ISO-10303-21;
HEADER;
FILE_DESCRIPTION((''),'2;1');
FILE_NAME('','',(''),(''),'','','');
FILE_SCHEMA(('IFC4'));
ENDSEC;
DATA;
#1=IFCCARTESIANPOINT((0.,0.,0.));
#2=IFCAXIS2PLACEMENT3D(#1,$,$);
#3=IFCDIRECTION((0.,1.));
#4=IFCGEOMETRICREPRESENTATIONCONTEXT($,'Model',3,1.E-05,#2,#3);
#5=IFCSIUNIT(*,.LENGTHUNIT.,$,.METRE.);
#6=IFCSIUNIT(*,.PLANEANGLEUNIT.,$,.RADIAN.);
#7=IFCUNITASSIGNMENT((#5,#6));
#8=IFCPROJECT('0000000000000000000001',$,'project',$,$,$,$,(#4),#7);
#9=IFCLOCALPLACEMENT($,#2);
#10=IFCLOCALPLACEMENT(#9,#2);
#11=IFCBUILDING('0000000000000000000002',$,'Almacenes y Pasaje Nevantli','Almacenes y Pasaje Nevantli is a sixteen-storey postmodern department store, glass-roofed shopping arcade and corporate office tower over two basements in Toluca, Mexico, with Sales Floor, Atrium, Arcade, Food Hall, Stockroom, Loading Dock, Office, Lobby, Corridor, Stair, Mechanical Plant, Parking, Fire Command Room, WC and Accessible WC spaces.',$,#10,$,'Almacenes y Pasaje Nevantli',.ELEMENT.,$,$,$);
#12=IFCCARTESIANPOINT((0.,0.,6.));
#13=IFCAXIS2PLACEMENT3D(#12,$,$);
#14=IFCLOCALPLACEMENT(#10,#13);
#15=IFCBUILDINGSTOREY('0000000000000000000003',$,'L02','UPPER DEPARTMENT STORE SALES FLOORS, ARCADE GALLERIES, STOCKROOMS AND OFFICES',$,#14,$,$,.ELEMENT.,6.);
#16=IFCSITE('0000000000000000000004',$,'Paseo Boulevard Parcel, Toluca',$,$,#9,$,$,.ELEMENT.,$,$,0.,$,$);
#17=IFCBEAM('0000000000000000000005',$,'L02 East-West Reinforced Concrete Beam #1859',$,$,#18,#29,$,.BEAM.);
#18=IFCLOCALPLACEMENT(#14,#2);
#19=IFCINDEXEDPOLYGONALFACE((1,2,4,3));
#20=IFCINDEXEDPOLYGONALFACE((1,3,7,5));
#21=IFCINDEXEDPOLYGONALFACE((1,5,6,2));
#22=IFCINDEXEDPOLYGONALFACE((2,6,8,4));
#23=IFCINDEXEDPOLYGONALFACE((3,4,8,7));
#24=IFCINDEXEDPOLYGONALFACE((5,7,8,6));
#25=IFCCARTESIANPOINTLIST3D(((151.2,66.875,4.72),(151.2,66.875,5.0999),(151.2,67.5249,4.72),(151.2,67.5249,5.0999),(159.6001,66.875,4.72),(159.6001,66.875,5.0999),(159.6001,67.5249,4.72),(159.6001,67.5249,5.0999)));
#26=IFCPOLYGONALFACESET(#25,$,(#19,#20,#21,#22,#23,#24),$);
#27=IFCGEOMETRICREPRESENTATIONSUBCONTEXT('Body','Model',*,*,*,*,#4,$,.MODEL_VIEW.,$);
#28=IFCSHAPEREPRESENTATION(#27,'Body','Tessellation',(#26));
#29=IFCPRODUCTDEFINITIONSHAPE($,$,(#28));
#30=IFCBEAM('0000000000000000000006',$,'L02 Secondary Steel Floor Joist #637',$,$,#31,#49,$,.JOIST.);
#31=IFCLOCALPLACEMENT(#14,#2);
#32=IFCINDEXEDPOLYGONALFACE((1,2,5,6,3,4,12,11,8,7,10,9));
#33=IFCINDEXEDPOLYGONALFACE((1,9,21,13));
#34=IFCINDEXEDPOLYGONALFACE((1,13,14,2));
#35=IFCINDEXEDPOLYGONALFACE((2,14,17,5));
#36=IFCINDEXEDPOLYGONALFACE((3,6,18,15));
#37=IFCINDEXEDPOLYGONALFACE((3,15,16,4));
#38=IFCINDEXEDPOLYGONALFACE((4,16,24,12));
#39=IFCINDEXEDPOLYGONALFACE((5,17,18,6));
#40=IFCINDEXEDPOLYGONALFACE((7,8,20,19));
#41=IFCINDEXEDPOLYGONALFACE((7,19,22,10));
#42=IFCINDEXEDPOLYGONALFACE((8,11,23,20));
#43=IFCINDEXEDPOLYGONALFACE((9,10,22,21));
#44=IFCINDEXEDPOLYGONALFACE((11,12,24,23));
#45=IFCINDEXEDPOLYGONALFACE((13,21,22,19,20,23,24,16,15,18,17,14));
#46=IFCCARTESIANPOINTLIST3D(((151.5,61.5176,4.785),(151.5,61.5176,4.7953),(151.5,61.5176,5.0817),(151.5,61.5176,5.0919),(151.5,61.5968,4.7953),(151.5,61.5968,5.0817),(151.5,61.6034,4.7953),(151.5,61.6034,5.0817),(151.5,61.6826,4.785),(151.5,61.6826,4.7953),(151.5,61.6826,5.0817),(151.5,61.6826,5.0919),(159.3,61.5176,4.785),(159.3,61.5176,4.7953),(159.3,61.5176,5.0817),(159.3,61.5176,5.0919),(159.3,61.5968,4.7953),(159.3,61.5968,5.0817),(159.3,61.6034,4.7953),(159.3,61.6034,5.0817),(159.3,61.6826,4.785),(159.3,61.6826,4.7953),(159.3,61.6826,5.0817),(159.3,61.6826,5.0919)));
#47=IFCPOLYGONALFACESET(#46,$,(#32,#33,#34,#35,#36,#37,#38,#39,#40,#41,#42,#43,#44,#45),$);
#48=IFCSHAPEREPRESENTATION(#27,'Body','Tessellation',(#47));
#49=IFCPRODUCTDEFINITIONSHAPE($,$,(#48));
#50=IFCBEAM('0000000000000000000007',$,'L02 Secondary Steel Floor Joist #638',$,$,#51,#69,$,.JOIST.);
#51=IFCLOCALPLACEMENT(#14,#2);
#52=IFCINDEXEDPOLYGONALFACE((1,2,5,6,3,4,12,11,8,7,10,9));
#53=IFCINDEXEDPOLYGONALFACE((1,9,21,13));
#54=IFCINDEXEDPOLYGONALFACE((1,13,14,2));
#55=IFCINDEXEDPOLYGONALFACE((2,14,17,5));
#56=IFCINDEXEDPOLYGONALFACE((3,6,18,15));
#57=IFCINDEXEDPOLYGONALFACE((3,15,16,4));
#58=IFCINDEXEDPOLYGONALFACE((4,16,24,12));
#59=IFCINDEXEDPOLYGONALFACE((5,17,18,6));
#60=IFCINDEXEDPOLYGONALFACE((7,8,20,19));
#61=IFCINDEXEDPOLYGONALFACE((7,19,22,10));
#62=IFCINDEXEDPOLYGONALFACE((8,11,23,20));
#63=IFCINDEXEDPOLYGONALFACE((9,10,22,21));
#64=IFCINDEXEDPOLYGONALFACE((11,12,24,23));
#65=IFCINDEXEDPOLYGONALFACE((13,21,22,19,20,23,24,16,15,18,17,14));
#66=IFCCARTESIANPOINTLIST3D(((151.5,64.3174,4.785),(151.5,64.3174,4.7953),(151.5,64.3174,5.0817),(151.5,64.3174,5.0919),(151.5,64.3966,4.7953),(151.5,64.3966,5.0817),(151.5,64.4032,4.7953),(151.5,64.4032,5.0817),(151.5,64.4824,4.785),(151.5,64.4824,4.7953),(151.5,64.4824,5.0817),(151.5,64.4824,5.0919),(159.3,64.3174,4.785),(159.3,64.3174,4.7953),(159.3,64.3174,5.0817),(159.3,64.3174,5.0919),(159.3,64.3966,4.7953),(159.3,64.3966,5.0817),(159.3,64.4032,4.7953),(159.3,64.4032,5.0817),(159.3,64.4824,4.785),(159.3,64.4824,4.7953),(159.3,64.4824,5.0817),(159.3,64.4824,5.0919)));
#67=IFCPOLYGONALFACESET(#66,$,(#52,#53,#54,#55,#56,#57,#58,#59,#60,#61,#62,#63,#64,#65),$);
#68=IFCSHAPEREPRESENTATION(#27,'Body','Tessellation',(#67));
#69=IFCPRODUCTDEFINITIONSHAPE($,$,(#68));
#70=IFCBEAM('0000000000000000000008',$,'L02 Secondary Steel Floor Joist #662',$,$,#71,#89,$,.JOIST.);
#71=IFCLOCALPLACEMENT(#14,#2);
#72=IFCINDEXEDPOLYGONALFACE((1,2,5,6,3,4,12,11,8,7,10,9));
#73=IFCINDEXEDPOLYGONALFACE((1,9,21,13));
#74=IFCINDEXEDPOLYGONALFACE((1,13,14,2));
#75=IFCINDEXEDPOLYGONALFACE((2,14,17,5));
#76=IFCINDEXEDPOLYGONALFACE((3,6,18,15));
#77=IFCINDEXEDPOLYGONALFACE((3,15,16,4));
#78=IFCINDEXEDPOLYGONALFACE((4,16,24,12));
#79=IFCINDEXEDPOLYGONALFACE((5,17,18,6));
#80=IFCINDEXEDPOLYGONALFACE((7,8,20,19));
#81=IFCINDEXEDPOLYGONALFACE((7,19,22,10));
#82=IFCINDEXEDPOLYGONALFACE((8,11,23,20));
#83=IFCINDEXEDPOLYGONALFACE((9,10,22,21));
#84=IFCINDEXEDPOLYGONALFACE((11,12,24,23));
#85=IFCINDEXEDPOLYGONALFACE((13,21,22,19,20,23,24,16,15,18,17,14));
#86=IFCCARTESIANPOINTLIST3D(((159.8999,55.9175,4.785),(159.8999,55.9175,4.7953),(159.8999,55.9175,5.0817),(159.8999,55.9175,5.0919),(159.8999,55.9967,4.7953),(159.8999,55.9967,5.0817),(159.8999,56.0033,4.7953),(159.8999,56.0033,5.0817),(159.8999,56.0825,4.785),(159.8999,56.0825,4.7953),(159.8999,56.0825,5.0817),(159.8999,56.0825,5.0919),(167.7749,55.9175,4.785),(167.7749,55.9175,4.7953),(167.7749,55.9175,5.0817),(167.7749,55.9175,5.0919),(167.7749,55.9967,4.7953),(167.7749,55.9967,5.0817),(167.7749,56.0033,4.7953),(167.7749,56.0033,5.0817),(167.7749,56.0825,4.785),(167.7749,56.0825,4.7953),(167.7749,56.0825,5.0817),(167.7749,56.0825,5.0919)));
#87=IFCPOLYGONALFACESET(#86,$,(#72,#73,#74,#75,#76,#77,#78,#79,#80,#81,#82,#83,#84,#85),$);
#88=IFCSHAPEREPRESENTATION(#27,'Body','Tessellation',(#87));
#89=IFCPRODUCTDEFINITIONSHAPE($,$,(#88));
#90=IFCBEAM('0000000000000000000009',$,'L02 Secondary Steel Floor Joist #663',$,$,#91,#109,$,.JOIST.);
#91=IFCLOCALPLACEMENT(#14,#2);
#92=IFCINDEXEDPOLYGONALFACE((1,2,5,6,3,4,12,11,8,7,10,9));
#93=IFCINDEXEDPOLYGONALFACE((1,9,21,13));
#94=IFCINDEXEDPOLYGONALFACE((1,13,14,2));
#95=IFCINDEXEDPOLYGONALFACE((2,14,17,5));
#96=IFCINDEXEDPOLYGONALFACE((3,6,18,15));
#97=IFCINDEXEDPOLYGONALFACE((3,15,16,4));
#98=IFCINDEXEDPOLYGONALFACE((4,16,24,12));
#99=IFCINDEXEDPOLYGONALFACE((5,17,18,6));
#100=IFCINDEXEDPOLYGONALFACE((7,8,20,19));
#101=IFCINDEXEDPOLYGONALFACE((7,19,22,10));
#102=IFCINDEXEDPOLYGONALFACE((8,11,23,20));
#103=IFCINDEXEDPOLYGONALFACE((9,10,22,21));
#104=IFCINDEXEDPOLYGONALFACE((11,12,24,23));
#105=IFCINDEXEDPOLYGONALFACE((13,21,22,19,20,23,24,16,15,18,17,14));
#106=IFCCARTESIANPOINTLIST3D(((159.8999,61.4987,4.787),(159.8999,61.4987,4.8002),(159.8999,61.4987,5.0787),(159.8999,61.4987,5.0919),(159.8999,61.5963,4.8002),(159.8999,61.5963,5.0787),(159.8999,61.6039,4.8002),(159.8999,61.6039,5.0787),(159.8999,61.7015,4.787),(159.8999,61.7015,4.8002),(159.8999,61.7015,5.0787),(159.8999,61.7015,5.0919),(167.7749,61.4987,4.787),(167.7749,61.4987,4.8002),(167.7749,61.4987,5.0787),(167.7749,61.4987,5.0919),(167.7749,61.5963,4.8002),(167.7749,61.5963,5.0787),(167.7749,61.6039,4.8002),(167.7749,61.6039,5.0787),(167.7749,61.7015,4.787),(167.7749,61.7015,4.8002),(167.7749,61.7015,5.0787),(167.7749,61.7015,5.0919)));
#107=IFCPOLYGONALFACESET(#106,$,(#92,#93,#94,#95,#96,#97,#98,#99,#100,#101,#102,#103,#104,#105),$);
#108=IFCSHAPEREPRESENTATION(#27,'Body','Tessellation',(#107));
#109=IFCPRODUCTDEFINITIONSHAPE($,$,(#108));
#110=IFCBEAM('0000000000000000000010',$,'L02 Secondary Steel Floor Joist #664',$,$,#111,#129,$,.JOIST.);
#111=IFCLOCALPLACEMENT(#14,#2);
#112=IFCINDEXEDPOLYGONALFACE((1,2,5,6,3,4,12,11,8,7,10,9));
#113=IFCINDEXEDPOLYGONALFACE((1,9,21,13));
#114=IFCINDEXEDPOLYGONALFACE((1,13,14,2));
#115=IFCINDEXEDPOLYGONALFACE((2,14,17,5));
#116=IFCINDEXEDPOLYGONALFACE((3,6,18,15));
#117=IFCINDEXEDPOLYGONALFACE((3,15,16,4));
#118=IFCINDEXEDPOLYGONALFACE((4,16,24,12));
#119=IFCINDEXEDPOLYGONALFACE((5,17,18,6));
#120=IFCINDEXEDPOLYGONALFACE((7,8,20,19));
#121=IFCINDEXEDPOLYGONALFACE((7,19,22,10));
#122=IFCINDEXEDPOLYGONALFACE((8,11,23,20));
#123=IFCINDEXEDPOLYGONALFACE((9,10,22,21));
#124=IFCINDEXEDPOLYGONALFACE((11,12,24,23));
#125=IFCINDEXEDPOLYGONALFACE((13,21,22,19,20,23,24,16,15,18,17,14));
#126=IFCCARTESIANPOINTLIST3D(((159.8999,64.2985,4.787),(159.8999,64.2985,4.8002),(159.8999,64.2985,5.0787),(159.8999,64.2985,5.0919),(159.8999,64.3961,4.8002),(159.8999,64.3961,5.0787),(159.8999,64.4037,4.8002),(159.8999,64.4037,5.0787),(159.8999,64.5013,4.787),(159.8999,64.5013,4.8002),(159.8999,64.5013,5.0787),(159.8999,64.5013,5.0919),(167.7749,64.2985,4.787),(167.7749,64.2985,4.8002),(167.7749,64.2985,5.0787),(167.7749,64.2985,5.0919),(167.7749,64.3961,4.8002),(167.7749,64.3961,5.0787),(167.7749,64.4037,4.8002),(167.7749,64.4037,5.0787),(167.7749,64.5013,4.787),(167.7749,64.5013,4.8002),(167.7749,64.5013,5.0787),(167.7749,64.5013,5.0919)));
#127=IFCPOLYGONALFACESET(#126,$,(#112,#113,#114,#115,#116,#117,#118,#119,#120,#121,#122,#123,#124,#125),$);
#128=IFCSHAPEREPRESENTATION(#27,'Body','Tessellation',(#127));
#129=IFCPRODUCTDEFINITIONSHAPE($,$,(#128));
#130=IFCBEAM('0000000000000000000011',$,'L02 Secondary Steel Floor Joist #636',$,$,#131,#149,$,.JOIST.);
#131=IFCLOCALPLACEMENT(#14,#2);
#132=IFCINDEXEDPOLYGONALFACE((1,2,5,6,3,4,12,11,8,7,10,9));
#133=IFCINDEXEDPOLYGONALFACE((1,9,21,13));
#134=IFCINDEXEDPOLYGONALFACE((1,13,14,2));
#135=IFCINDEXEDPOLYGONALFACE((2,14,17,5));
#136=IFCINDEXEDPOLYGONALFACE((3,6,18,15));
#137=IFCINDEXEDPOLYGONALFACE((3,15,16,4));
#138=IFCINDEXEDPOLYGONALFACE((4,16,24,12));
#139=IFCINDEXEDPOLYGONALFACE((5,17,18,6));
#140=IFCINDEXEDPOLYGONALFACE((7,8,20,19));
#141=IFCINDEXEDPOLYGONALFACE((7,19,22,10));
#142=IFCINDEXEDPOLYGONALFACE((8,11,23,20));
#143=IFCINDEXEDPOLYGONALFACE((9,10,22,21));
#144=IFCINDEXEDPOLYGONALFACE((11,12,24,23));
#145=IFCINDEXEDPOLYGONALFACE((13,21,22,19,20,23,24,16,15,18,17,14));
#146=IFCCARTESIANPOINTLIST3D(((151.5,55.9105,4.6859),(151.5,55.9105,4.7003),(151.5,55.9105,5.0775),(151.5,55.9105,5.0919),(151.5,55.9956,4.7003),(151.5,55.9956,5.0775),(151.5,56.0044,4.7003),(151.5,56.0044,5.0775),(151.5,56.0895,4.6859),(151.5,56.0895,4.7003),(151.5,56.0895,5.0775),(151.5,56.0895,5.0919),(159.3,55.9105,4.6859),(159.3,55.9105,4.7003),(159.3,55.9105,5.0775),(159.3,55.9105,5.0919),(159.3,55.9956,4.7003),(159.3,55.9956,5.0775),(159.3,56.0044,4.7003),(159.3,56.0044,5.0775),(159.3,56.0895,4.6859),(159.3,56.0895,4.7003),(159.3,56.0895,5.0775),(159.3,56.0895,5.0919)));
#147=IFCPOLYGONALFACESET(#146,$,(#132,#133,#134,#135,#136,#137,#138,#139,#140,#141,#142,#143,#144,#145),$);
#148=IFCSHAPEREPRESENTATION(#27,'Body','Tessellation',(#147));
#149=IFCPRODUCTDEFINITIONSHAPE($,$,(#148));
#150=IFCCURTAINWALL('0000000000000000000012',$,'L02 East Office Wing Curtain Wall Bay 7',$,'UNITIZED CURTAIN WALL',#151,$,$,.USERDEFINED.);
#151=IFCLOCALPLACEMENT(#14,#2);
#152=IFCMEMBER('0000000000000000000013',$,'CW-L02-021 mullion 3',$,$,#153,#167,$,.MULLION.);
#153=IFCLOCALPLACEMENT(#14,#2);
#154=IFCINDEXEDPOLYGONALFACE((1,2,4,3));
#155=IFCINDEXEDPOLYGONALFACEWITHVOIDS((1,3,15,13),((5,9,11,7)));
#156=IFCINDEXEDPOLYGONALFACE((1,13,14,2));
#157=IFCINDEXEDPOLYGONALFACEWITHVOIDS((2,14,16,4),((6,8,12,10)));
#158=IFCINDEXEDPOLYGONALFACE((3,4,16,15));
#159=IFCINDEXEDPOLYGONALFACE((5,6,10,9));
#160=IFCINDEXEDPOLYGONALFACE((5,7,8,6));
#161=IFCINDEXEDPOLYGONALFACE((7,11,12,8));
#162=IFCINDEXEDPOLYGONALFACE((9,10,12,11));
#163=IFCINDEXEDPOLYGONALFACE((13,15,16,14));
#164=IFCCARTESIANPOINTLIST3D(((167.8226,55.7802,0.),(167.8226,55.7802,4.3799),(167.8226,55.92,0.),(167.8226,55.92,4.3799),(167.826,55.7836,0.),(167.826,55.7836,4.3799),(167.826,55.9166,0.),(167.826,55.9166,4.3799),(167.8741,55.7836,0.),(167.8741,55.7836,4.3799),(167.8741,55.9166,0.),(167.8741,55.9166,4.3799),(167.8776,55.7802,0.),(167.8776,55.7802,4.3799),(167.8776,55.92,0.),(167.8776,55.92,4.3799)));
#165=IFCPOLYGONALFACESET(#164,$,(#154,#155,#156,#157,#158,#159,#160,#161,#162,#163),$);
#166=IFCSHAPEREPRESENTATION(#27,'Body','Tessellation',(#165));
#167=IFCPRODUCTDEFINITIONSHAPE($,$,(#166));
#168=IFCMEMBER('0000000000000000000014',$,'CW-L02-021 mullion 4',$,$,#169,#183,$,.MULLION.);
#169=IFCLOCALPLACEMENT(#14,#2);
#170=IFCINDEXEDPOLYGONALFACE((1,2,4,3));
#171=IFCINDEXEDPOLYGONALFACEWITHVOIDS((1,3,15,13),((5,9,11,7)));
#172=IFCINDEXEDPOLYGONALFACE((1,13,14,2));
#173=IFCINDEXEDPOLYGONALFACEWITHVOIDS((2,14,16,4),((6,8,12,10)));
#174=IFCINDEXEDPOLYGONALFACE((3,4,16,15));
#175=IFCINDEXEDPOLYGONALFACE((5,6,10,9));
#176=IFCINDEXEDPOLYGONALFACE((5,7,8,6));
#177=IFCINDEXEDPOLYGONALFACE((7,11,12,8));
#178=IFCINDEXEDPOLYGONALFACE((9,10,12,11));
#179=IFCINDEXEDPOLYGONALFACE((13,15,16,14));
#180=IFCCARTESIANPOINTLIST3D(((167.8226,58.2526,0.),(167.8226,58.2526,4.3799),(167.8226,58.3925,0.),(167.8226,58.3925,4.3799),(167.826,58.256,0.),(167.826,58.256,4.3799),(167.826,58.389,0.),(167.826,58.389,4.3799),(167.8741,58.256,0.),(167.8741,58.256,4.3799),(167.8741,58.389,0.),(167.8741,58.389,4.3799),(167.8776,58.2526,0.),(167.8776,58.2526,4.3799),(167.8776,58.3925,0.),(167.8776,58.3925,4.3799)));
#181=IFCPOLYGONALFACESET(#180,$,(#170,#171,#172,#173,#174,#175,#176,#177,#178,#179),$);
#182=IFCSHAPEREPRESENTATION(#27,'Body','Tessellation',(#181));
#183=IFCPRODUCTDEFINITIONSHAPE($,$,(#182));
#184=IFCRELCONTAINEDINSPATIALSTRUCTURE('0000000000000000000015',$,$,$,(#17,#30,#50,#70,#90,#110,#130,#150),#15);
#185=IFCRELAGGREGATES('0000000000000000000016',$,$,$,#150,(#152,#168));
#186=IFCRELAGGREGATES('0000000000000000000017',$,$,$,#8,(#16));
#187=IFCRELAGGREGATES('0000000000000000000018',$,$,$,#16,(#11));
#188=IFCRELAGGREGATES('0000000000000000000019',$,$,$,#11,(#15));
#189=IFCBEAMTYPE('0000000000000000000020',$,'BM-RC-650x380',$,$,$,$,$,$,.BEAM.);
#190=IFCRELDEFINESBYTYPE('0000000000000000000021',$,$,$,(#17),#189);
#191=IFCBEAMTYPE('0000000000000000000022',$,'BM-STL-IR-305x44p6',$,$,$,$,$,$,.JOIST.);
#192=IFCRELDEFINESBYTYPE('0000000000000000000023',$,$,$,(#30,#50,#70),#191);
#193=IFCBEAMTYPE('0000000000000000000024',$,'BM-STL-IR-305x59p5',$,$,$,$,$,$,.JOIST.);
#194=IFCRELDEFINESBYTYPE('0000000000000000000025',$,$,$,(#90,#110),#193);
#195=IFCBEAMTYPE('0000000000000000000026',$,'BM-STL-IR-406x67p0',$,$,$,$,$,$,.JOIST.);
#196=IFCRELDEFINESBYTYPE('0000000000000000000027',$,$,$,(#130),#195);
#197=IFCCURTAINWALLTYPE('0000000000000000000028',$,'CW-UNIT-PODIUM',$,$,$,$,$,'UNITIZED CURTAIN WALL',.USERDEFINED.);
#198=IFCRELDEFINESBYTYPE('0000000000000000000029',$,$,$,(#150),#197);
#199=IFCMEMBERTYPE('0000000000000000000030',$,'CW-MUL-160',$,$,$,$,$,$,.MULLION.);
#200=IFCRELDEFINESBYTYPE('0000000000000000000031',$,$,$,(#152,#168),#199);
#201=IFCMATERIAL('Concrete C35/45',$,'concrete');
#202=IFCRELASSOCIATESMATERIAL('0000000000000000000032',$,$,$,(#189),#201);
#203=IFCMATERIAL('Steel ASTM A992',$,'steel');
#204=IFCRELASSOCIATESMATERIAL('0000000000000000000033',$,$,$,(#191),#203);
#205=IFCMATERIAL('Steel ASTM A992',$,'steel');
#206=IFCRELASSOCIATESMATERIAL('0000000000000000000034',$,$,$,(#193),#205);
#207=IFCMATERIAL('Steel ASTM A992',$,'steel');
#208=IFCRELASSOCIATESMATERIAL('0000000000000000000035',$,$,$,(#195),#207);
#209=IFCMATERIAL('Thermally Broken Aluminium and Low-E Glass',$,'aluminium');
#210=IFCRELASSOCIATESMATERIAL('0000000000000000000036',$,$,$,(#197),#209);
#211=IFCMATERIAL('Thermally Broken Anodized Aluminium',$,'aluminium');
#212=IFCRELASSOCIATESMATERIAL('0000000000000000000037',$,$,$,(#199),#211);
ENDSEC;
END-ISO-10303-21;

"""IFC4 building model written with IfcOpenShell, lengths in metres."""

from ifc_helpers import new_model, si_unit, direction, frame, origin, origin_2d, place, context, subcontext, project, spatial, rectangle, hollow_rectangle, i_section, extrude, material, material_profile, profile_set, type_object, element, aggregate, save


model = new_model("IFC4")

# Units and contexts
model_context = context("Model", 3, precision=1e-05, world=origin(), true_north=direction((0.0, 1.0)))
body_context = subcontext(model_context, "Body", "Model", "MODEL_VIEW")
ifc_project = project(units=[si_unit("LENGTHUNIT", "METRE"), si_unit("PLANEANGLEUNIT", "RADIAN")], contexts=[model_context])

# Site, building, storey
site_placement = place(None, origin())
site = spatial("IfcSite", under=ifc_project, at=site_placement, Name="Paseo Boulevard Parcel, Toluca", CompositionType="ELEMENT", RefElevation=0.0)
building_placement = place(site_placement, origin())
building = spatial("IfcBuilding", under=site, at=building_placement, Name="Almacenes y Pasaje Nevantli", Description="Almacenes y Pasaje Nevantli is a sixteen-storey postmodern department store, glass-roofed shopping arcade and corporate office tower over two basements in Toluca, Mexico, with Sales Floor, Atrium, Arcade, Food Hall, Stockroom, Loading Dock, Office, Lobby, Corridor, Stair, Mechanical Plant, Parking, Fire Command Room, WC and Accessible WC spaces.", LongName="Almacenes y Pasaje Nevantli", CompositionType="ELEMENT")
storey_placement = place(building_placement, frame((0.0, 0.0, 6.0)))
storey = spatial("IfcBuildingStorey", under=building, at=storey_placement, Name="L02", Description="UPPER DEPARTMENT STORE SALES FLOORS, ARCADE GALLERIES, STOCKROOMS AND OFFICES", CompositionType="ELEMENT", Elevation=6.0)

# Beams
ifc_material_1 = material(Name="Concrete C35/45", Category="concrete")
ifc_material_profile_1 = material_profile(ifc_material_1, rectangle(XDim=0.6499, YDim=0.3799, at=origin_2d()), Name="RC-BM-650x380")
ifc_profile_set_1 = profile_set([ifc_material_profile_1], Name="Concrete C35/45")
beam_type_1 = type_object("IfcBeamType", Name="BM-RC-650x380", PredefinedType="BEAM", material=ifc_profile_set_1)
beam_1_placement = place(storey_placement, frame((151.2, 67.2, 4.9099), z_axis=(1.0, 0.0, 0.0), x_axis=(0.0, 1.0, 0.0)))
element("IfcBeam", 1, at=beam_1_placement, inside=storey, type_object=beam_type_1, Name="L02 East-West Reinforced Concrete Beam #1859", PredefinedType="BEAM", context=body_context, shape_type="SweptSolid", body=[
    extrude(rectangle(XDim=0.6499, YDim=0.3799, at=origin_2d()), origin(), (0.0, 0.0, 1.0), 8.4001),
])
ifc_material_2 = material(Name="Steel ASTM A992", Category="steel")
ifc_material_profile_2 = material_profile(ifc_material_2, i_section(OverallWidth=0.165, OverallDepth=0.3069, WebThickness=0.0066, FlangeThickness=0.0103, at=origin_2d()), Name="IR 305x44.6")
ifc_profile_set_2 = profile_set([ifc_material_profile_2], Name="Steel ASTM A992")
beam_type_2 = type_object("IfcBeamType", Name="BM-STL-IR-305x44p6", PredefinedType="JOIST", material=ifc_profile_set_2)
for number, where, z_axis, x_axis, name in (
    (2, (151.5, 61.6001, 4.9385), (1.0, 0.0, 0.0), (0.0, 1.0, 0.0), "L02 Secondary Steel Floor Joist #637"),
    (3, (151.5, 64.3999, 4.9385), (1.0, 0.0, 0.0), (0.0, 1.0, 0.0), "L02 Secondary Steel Floor Joist #638"),
):
    element("IfcBeam", number, at=place(storey_placement, frame(where, z_axis=z_axis, x_axis=x_axis)), inside=storey, type_object=beam_type_2, Name=name, PredefinedType="JOIST", context=body_context, shape_type="SweptSolid", body=[
        extrude(i_section(OverallWidth=0.165, OverallDepth=0.3069, WebThickness=0.0066, FlangeThickness=0.0103, at=origin_2d()), origin(), (0.0, 0.0, 1.0), 7.8),
    ])
beam_2_placement = place(storey_placement, frame((159.8999, 56.0, 4.9385), z_axis=(1.0, 0.0, 0.0), x_axis=(0.0, 1.0, 0.0)))
element("IfcBeam", 4, at=beam_2_placement, inside=storey, type_object=beam_type_2, Name="L02 Secondary Steel Floor Joist #662", PredefinedType="JOIST", context=body_context, shape_type="SweptSolid", body=[
    extrude(i_section(OverallWidth=0.165, OverallDepth=0.3069, WebThickness=0.0066, FlangeThickness=0.0103, at=origin_2d()), origin(), (0.0, 0.0, 1.0), 7.875),
])
ifc_material_3 = material(Name="Steel ASTM A992", Category="steel")
ifc_material_profile_3 = material_profile(ifc_material_3, i_section(OverallWidth=0.2029, OverallDepth=0.3049, WebThickness=0.0076, FlangeThickness=0.0132, at=origin_2d()), Name="IR 305x59.5")
ifc_profile_set_3 = profile_set([ifc_material_profile_3], Name="Steel ASTM A992")
beam_type_3 = type_object("IfcBeamType", Name="BM-STL-IR-305x59p5", PredefinedType="JOIST", material=ifc_profile_set_3)
for number, where, z_axis, x_axis, name in (
    (5, (159.8999, 61.6001, 4.9395), (1.0, 0.0, 0.0), (0.0, 1.0, 0.0), "L02 Secondary Steel Floor Joist #663"),
    (6, (159.8999, 64.3999, 4.9395), (1.0, 0.0, 0.0), (0.0, 1.0, 0.0), "L02 Secondary Steel Floor Joist #664"),
):
    element("IfcBeam", number, at=place(storey_placement, frame(where, z_axis=z_axis, x_axis=x_axis)), inside=storey, type_object=beam_type_3, Name=name, PredefinedType="JOIST", context=body_context, shape_type="SweptSolid", body=[
        extrude(i_section(OverallWidth=0.2029, OverallDepth=0.3049, WebThickness=0.0076, FlangeThickness=0.0132, at=origin_2d()), origin(), (0.0, 0.0, 1.0), 7.875),
    ])
ifc_material_4 = material(Name="Steel ASTM A992", Category="steel")
ifc_material_profile_4 = material_profile(ifc_material_4, i_section(OverallWidth=0.179, OverallDepth=0.406, WebThickness=0.0088, FlangeThickness=0.0144, at=origin_2d()), Name="IR 406x67.0")
ifc_profile_set_4 = profile_set([ifc_material_profile_4], Name="Steel ASTM A992")
beam_type_4 = type_object("IfcBeamType", Name="BM-STL-IR-406x67p0", PredefinedType="JOIST", material=ifc_profile_set_4)
beam_3_placement = place(storey_placement, frame((151.5, 56.0, 4.8889), z_axis=(1.0, 0.0, 0.0), x_axis=(0.0, 1.0, 0.0)))
element("IfcBeam", 7, at=beam_3_placement, inside=storey, type_object=beam_type_4, Name="L02 Secondary Steel Floor Joist #636", PredefinedType="JOIST", context=body_context, shape_type="SweptSolid", body=[
    extrude(i_section(OverallWidth=0.179, OverallDepth=0.406, WebThickness=0.0088, FlangeThickness=0.0144, at=origin_2d()), origin(), (0.0, 0.0, 1.0), 7.8),
])

# Curtain wall, members
ifc_material_5 = material(Name="Thermally Broken Aluminium and Low-E Glass", Category="aluminium")
curtain_wall_type = type_object("IfcCurtainWallType", Name="CW-UNIT-PODIUM", ElementType="UNITIZED CURTAIN WALL", PredefinedType="USERDEFINED", material=ifc_material_5)
curtain_wall_1_placement = place(storey_placement, origin())
curtain_wall_1 = element("IfcCurtainWall", 8, at=curtain_wall_1_placement, inside=storey, type_object=curtain_wall_type, Name="L02 East Office Wing Curtain Wall Bay 7", ObjectType="UNITIZED CURTAIN WALL", PredefinedType="USERDEFINED")
ifc_material_6 = material(Name="Thermally Broken Anodized Aluminium", Category="aluminium")
ifc_material_profile_5 = material_profile(ifc_material_6, hollow_rectangle(XDim=0.0549, YDim=0.1399, WallThickness=0.0034, at=origin_2d()), Name="ALU-MUL-55x140")
ifc_profile_set_5 = profile_set([ifc_material_profile_5], Name="Thermally Broken Anodized Aluminium")
member_type_1 = type_object("IfcMemberType", Name="CW-MUL-160", PredefinedType="MULLION", material=ifc_profile_set_5)
member_1_placement = place(storey_placement, frame((167.8501, 55.8501, 0.0), z_axis=(0.0, 0.0, 1.0), x_axis=(-1.0, 0.0, 0.0)))
member_1 = element("IfcMember", 9, at=member_1_placement, type_object=member_type_1, Name="CW-L02-021 mullion 3", PredefinedType="MULLION", context=body_context, shape_type="SweptSolid", body=[
    extrude(hollow_rectangle(XDim=0.0549, YDim=0.1399, WallThickness=0.0034, at=origin_2d()), origin(), (0.0, 0.0, 1.0), 4.3799),
])
member_2_placement = place(storey_placement, frame((167.8501, 58.3225, 0.0), z_axis=(0.0, 0.0, 1.0), x_axis=(-1.0, 0.0, 0.0)))
member_2 = element("IfcMember", 10, at=member_2_placement, type_object=member_type_1, Name="CW-L02-021 mullion 4", PredefinedType="MULLION", context=body_context, shape_type="SweptSolid", body=[
    extrude(hollow_rectangle(XDim=0.0549, YDim=0.1399, WallThickness=0.0034, at=origin_2d()), origin(), (0.0, 0.0, 1.0), 4.3799),
])

aggregate(curtain_wall_1, [member_1, member_2])

save(model, "model.ifc")
